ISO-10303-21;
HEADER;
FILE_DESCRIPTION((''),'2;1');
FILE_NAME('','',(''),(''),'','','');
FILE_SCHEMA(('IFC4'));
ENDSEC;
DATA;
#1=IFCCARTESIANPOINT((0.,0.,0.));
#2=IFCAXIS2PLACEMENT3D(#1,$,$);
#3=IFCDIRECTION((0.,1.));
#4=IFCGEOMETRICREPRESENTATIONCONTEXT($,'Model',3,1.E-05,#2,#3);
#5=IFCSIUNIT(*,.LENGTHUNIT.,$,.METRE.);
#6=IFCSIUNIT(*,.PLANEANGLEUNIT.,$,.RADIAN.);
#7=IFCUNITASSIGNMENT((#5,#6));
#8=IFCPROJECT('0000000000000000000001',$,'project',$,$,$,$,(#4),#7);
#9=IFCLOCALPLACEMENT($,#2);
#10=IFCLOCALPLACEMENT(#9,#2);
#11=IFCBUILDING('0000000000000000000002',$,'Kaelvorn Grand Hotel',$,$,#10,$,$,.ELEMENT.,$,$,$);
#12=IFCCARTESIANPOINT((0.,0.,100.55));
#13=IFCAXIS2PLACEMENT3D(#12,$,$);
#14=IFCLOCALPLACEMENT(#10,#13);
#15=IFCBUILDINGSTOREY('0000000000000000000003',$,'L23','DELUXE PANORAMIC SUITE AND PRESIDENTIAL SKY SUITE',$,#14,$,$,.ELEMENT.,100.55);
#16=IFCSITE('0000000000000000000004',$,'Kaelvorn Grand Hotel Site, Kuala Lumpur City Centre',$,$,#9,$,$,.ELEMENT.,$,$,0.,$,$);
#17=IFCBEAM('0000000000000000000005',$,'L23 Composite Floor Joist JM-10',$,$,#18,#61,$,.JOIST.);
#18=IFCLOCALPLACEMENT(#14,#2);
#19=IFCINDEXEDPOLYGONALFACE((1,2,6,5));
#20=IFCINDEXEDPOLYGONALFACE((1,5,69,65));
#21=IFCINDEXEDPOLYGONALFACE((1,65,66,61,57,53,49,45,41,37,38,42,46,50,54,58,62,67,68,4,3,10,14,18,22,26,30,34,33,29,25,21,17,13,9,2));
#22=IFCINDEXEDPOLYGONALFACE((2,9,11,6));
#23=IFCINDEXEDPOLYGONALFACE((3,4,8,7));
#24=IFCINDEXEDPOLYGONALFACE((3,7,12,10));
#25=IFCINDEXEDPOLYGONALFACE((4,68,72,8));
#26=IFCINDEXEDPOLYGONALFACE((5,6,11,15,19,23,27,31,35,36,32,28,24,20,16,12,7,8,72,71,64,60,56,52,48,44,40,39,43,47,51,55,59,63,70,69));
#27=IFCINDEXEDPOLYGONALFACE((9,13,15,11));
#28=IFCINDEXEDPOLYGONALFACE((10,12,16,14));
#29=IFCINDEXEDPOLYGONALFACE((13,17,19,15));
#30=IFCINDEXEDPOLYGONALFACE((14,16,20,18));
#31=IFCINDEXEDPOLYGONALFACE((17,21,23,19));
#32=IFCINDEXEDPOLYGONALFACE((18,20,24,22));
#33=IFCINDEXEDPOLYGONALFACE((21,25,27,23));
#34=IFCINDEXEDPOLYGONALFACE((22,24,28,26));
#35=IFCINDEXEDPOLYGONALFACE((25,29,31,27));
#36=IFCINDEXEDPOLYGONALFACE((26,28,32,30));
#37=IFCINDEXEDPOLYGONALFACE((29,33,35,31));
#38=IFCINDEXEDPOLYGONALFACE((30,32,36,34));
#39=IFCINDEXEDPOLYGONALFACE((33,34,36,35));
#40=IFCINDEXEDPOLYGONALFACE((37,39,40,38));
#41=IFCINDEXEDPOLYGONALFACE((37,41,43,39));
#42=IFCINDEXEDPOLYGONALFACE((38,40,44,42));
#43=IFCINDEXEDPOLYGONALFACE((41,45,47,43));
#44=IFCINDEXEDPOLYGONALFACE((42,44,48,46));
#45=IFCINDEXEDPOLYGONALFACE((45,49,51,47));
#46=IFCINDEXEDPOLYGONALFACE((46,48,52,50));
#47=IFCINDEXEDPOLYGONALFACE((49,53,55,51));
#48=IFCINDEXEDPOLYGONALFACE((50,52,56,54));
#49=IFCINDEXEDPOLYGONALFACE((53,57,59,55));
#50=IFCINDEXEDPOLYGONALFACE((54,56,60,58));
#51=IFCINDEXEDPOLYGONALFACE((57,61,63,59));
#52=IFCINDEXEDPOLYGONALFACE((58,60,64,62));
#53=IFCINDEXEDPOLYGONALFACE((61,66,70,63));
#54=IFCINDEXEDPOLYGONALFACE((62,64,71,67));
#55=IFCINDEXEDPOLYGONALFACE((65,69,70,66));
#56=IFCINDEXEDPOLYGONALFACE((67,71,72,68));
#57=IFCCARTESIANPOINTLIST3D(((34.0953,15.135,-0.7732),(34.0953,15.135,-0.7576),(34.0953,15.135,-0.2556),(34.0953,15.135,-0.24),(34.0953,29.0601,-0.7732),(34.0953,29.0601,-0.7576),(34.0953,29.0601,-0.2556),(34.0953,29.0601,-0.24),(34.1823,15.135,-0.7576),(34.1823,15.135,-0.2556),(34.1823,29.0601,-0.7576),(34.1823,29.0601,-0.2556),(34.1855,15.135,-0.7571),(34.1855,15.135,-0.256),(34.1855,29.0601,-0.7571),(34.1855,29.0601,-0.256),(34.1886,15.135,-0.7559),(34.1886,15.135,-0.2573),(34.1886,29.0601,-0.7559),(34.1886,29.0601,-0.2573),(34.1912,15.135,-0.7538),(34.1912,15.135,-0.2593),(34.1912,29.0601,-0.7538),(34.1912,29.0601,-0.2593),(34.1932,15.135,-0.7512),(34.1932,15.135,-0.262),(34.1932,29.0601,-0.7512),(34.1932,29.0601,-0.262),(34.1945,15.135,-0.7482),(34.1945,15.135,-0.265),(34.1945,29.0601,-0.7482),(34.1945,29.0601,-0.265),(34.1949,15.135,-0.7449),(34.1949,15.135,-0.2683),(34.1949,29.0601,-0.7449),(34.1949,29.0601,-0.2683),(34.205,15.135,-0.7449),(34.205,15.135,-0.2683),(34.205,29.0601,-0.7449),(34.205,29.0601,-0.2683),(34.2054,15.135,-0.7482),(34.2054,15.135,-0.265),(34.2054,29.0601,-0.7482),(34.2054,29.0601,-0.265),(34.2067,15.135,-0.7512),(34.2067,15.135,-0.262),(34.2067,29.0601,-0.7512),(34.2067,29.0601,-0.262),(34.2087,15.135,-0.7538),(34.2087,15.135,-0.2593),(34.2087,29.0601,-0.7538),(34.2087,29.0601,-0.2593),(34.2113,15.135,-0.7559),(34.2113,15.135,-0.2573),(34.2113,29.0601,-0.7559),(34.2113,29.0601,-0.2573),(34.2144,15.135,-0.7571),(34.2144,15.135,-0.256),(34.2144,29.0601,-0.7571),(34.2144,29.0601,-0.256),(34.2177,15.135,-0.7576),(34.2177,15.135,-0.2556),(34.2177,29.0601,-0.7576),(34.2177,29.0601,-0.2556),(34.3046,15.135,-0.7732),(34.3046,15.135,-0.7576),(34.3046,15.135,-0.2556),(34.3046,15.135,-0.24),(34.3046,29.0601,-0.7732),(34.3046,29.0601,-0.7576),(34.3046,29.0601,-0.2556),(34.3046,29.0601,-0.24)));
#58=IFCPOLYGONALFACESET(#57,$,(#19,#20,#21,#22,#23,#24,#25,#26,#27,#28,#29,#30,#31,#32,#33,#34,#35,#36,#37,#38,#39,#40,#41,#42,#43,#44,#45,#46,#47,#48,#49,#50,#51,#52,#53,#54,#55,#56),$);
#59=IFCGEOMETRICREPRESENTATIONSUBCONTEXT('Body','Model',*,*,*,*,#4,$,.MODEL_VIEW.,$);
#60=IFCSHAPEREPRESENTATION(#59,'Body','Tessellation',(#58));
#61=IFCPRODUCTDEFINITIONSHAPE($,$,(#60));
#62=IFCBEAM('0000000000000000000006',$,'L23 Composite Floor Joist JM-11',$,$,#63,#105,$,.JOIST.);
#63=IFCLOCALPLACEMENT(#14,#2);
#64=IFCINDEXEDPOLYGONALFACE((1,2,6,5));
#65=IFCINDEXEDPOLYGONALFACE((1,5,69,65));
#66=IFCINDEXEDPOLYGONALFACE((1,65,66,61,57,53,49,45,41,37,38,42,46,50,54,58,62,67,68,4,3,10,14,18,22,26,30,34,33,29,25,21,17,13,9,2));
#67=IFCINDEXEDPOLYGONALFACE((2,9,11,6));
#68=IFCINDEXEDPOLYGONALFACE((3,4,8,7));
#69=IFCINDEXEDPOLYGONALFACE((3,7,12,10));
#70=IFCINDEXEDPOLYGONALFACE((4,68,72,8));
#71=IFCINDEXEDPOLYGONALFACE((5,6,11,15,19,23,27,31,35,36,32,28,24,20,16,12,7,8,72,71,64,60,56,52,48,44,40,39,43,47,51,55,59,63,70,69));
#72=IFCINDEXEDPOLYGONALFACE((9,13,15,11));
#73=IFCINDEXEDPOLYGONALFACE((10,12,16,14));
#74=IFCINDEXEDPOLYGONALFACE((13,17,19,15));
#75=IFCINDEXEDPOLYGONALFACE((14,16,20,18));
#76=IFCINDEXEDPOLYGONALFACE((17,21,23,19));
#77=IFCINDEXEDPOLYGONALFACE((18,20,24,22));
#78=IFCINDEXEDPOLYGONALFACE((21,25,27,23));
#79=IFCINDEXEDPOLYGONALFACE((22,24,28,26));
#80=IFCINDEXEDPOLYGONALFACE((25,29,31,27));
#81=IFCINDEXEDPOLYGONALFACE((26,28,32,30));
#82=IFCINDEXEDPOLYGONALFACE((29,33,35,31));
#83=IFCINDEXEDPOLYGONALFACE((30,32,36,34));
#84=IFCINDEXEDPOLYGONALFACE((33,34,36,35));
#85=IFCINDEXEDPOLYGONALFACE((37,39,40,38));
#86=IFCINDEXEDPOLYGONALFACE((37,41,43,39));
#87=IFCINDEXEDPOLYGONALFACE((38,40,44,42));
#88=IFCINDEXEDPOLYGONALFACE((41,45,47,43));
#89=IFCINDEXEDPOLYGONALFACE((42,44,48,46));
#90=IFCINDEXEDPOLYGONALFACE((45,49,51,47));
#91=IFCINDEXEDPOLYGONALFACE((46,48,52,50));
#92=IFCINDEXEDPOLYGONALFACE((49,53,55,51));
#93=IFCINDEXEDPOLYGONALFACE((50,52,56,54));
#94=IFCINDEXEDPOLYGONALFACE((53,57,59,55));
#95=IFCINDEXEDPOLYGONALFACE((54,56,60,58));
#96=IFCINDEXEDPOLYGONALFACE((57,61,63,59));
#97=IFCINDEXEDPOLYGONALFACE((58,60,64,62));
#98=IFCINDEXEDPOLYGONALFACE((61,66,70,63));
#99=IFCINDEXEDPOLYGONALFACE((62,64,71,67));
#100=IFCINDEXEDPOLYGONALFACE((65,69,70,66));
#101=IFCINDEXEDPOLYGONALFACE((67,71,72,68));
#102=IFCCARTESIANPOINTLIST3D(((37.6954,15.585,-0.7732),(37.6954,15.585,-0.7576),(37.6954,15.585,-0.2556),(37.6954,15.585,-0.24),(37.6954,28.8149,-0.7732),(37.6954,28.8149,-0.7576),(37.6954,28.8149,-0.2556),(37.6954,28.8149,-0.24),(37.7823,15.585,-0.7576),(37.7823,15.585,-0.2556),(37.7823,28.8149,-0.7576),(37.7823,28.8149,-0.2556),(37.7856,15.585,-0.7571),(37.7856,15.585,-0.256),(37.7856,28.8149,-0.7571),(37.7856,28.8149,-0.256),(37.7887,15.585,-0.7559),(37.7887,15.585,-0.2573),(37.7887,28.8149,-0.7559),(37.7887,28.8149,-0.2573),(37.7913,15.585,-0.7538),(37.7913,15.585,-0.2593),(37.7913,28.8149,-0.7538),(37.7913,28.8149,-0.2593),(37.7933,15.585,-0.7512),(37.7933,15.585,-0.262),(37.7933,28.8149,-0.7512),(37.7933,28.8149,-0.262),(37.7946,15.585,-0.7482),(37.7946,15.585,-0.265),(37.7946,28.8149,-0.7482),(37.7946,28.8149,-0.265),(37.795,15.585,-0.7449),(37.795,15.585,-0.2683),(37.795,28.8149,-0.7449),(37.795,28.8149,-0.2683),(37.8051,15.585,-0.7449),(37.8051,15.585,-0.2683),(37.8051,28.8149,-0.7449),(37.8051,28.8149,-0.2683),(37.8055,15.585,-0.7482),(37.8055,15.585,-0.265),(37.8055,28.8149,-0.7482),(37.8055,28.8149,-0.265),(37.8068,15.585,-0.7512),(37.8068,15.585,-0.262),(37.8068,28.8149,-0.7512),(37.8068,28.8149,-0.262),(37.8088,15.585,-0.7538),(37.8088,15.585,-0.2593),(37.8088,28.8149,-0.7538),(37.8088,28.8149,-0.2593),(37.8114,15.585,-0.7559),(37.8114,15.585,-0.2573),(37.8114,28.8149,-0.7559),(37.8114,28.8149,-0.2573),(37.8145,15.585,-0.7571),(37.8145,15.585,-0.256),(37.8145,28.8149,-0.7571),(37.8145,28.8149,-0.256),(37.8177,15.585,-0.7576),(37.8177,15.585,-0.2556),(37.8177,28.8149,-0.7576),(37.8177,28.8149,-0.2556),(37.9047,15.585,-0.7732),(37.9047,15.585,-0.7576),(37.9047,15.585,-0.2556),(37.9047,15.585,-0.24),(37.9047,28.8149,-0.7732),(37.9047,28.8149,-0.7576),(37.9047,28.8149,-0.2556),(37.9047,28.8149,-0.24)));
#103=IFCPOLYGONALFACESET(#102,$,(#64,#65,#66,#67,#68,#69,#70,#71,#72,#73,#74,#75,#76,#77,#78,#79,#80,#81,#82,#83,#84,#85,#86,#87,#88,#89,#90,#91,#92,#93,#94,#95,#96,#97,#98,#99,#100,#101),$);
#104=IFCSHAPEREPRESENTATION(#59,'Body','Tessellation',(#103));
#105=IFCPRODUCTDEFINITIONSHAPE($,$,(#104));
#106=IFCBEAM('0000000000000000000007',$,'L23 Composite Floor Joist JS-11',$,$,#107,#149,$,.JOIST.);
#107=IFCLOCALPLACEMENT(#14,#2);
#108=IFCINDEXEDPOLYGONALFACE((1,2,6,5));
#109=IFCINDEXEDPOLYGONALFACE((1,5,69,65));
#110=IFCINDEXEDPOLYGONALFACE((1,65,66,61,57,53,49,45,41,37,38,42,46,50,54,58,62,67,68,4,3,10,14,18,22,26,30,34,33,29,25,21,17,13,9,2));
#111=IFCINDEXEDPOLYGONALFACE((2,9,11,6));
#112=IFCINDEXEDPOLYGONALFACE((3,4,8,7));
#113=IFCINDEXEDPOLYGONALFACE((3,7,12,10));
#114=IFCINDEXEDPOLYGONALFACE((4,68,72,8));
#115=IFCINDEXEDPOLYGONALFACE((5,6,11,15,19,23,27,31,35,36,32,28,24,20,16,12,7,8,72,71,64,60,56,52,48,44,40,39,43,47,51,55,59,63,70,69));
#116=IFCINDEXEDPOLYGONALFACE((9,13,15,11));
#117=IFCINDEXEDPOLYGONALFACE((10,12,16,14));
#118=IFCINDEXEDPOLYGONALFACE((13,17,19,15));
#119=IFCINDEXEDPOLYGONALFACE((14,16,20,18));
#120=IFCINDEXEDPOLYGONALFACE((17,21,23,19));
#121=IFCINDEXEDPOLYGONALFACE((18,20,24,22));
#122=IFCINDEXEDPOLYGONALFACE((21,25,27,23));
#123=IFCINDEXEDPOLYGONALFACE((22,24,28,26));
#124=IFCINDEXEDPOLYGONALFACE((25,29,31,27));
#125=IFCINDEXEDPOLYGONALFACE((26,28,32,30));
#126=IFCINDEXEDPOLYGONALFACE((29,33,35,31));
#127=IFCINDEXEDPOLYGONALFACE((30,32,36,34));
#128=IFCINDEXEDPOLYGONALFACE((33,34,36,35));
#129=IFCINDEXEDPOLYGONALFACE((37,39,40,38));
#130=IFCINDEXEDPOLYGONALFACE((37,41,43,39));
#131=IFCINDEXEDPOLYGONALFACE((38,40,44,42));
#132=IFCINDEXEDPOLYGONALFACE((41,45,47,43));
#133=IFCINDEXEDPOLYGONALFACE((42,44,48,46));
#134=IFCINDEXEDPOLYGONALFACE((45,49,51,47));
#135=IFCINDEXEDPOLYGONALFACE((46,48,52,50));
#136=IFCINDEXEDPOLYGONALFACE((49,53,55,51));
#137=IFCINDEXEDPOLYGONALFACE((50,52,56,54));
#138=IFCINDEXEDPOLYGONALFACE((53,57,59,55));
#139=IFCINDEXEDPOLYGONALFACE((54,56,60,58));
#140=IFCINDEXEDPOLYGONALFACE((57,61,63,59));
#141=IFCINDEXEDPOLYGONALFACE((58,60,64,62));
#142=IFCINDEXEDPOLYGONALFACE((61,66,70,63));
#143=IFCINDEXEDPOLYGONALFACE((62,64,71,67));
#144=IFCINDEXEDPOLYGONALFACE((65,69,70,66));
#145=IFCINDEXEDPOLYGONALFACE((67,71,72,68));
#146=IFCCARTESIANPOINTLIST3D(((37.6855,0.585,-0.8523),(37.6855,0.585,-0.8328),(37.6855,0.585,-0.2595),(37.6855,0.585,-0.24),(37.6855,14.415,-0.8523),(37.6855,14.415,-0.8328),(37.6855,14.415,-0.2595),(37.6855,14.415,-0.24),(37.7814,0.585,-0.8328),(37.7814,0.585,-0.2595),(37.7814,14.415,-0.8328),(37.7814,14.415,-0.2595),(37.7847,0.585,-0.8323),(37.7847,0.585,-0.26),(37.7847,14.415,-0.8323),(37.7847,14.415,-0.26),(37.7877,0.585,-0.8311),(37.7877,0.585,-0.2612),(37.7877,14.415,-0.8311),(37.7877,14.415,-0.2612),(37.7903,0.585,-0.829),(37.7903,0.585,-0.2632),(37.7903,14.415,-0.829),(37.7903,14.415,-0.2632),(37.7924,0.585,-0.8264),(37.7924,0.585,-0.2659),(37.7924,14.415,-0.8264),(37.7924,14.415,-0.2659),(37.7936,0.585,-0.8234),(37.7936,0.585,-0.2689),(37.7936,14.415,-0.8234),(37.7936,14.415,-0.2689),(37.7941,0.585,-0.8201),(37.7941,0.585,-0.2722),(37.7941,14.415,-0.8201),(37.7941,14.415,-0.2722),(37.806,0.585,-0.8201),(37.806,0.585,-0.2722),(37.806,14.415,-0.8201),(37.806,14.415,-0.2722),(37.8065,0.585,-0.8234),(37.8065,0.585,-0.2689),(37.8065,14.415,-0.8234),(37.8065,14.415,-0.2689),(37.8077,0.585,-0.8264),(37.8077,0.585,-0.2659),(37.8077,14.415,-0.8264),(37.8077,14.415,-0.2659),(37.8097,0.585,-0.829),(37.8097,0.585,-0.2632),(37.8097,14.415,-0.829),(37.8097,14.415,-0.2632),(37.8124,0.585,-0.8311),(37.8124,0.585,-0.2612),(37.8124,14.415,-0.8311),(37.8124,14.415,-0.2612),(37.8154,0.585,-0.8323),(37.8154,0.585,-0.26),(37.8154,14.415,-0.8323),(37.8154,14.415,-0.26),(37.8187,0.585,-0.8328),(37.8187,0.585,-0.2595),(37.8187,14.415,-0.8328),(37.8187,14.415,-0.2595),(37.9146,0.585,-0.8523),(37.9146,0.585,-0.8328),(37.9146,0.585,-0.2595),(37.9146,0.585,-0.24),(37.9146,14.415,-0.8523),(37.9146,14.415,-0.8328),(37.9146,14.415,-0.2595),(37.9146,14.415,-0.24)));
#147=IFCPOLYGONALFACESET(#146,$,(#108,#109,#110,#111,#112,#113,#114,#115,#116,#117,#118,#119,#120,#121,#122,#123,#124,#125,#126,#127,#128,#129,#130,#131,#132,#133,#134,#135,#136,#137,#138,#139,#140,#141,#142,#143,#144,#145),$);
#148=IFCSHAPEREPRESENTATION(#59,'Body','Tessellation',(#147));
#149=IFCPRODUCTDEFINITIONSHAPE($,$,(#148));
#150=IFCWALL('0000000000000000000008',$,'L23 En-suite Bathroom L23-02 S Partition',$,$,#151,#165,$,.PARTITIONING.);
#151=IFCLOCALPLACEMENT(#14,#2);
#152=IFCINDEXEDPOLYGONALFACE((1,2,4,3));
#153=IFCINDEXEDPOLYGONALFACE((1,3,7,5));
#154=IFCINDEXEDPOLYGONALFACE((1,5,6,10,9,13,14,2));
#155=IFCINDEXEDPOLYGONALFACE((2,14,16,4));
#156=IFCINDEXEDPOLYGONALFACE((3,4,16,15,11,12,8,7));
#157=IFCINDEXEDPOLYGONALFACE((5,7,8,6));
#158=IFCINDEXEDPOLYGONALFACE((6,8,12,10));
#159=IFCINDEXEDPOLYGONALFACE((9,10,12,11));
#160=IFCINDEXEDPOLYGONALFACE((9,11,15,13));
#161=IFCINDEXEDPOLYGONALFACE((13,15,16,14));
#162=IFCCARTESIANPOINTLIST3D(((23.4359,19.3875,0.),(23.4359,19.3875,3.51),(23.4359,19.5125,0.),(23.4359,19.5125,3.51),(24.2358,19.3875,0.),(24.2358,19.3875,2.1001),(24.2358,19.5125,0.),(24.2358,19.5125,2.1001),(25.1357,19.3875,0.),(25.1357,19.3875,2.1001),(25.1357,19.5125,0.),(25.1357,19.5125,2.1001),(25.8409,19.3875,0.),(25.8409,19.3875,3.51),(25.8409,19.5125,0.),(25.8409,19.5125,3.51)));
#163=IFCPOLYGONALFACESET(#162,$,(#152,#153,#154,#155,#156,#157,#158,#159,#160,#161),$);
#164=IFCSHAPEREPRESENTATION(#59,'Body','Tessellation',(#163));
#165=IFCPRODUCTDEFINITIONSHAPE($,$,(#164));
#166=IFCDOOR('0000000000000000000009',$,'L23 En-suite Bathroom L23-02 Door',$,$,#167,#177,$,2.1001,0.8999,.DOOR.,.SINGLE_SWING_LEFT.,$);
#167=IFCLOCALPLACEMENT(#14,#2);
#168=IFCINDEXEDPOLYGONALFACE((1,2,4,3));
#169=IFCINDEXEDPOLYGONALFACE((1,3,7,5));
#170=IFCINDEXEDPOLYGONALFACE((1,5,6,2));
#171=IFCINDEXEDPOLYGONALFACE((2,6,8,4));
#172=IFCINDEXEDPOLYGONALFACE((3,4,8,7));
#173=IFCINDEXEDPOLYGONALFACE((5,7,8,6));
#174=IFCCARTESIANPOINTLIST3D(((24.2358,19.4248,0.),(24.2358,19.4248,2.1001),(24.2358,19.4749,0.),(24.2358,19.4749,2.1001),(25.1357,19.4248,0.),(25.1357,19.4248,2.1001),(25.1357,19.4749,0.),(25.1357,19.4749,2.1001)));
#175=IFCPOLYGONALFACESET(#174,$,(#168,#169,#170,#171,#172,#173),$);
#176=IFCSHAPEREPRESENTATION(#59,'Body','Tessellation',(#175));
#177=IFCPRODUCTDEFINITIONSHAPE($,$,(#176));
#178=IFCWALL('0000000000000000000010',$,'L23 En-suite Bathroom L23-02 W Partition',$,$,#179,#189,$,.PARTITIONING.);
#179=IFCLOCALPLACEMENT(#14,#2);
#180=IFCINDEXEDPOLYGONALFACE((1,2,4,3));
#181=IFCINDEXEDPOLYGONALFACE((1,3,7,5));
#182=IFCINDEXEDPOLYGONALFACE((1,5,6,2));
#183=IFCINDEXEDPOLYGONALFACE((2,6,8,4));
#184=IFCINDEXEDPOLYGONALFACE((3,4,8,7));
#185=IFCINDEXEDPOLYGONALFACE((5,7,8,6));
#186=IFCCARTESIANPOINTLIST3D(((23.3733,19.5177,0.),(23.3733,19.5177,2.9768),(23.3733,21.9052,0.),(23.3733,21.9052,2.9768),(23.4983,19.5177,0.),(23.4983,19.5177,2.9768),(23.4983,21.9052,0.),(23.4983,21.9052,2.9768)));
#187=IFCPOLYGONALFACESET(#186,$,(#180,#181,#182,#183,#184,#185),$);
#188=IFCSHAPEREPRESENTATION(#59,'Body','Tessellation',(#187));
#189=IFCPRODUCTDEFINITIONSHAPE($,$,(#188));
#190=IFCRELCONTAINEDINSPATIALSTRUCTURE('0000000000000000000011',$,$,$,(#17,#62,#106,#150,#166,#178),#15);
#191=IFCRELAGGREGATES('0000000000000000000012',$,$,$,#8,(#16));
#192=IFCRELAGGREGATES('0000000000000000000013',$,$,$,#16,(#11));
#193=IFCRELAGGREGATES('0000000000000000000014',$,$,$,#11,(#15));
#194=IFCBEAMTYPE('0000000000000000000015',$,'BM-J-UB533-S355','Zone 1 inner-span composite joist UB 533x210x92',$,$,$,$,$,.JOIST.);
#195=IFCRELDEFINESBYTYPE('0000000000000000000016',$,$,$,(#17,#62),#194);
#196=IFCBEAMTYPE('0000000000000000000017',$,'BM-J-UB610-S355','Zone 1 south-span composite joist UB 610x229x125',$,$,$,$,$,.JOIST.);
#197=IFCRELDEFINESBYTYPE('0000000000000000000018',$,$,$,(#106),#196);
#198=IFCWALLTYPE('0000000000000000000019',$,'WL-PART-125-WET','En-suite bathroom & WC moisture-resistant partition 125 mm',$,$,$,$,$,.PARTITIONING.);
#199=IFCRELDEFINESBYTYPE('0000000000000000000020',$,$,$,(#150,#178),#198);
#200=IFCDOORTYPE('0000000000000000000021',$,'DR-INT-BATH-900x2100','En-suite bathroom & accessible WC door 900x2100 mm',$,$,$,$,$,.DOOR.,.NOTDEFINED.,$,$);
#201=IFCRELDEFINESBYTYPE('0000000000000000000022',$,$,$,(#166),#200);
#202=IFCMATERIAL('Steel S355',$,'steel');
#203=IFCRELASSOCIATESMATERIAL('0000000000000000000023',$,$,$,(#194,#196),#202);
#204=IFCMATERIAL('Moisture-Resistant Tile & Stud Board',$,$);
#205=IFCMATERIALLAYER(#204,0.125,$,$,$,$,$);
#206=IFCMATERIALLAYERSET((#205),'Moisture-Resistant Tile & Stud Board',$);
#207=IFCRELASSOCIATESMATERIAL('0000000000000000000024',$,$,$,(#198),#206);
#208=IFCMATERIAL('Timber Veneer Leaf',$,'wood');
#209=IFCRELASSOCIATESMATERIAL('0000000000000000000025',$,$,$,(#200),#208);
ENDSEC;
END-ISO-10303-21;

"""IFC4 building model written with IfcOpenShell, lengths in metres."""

from ifc_helpers import new_model, si_unit, direction, frame, frame_2d, origin, origin_2d, place, context, subcontext, project, spatial, rectangle, i_section, extrude, material, layer, layer_set, material_profile, profile_set, type_object, element, fill, save


model = new_model("IFC4")

# Units and contexts
model_context = context("Model", 3, precision=1e-05, world=origin(), true_north=direction((0.0, 1.0)))
body_context = subcontext(model_context, "Body", "Model", "MODEL_VIEW")
ifc_project = project(units=[si_unit("LENGTHUNIT", "METRE"), si_unit("PLANEANGLEUNIT", "RADIAN")], contexts=[model_context])

# Site, building, storey
site_placement = place(None, origin())
site = spatial("IfcSite", under=ifc_project, at=site_placement, Name="Kaelvorn Grand Hotel Site, Kuala Lumpur City Centre", CompositionType="ELEMENT", RefElevation=0.0)
building_placement = place(site_placement, origin())
building = spatial("IfcBuilding", under=site, at=building_placement, Name="Kaelvorn Grand Hotel", CompositionType="ELEMENT")
storey_placement = place(building_placement, frame((0.0, 0.0, 100.55)))
storey = spatial("IfcBuildingStorey", under=building, at=storey_placement, Name="L23", Description="DELUXE PANORAMIC SUITE AND PRESIDENTIAL SKY SUITE", CompositionType="ELEMENT", Elevation=100.55)

# Beams
ifc_material_1 = material(Name="Steel S355", Category="steel")
ifc_material_profile_1 = material_profile(ifc_material_1, i_section(OverallWidth=0.2092, OverallDepth=0.5332, WebThickness=0.01, FlangeThickness=0.0156, FilletRadius=0.0127, at=origin_2d()), Name="UB 533x210x92")
ifc_profile_set_1 = profile_set([ifc_material_profile_1], Name="Steel S355")
beam_type_1 = type_object("IfcBeamType", Name="BM-J-UB533-S355", Description="Zone 1 inner-span composite joist UB 533x210x92", PredefinedType="JOIST", material=ifc_profile_set_1)
beam_1_placement = place(storey_placement, frame((34.2, 15.135, -0.5066), z_axis=(0.0, 1.0, 0.0), x_axis=(-1.0, 0.0, 0.0)))
element("IfcBeam", 1, at=beam_1_placement, inside=storey, type_object=beam_type_1, Name="L23 Composite Floor Joist JM-10", PredefinedType="JOIST", context=body_context, shape_type="SweptSolid", body=[
    extrude(i_section(OverallWidth=0.2092, OverallDepth=0.5332, WebThickness=0.01, FlangeThickness=0.0156, FilletRadius=0.0127, at=origin_2d()), origin(), (0.0, 0.0, 1.0), 13.925),
])
beam_2_placement = place(storey_placement, frame((37.8, 15.585, -0.5066), z_axis=(0.0, 1.0, 0.0), x_axis=(-1.0, 0.0, 0.0)))
element("IfcBeam", 2, at=beam_2_placement, inside=storey, type_object=beam_type_1, Name="L23 Composite Floor Joist JM-11", PredefinedType="JOIST", context=body_context, shape_type="SweptSolid", body=[
    extrude(i_section(OverallWidth=0.2092, OverallDepth=0.5332, WebThickness=0.01, FlangeThickness=0.0156, FilletRadius=0.0127, at=origin_2d()), origin(), (0.0, 0.0, 1.0), 13.23),
])
ifc_material_profile_2 = material_profile(ifc_material_1, i_section(OverallWidth=0.229, OverallDepth=0.6123, WebThickness=0.012, FlangeThickness=0.0195, FilletRadius=0.0127, at=origin_2d()), Name="UB 610x229x125")
ifc_profile_set_2 = profile_set([ifc_material_profile_2], Name="Steel S355")
beam_type_2 = type_object("IfcBeamType", Name="BM-J-UB610-S355", Description="Zone 1 south-span composite joist UB 610x229x125", PredefinedType="JOIST", material=ifc_profile_set_2)
beam_3_placement = place(storey_placement, frame((37.8, 0.585, -0.5461), z_axis=(0.0, 1.0, 0.0), x_axis=(-1.0, 0.0, 0.0)))
element("IfcBeam", 3, at=beam_3_placement, inside=storey, type_object=beam_type_2, Name="L23 Composite Floor Joist JS-11", PredefinedType="JOIST", context=body_context, shape_type="SweptSolid", body=[
    extrude(i_section(OverallWidth=0.229, OverallDepth=0.6123, WebThickness=0.012, FlangeThickness=0.0195, FilletRadius=0.0127, at=origin_2d()), origin(), (0.0, 0.0, 1.0), 13.8301),
])

# Wall, opening, door
ifc_material_2 = material(Name="Moisture-Resistant Tile & Stud Board")
ifc_layer_1 = layer(ifc_material_2, 0.125)
ifc_layer_set_1 = layer_set([ifc_layer_1], Name="Moisture-Resistant Tile & Stud Board")
wall_type_1 = type_object("IfcWallType", Name="WL-PART-125-WET", Description="En-suite bathroom & WC moisture-resistant partition 125 mm", PredefinedType="PARTITIONING", material=ifc_layer_set_1)
wall_1_placement = place(storey_placement, frame((23.4358, 19.45, 0.0), z_axis=(0.0, 0.0, 1.0), x_axis=(1.0, 0.0, 0.0)))
wall_1 = element("IfcWall", 4, at=wall_1_placement, inside=storey, type_object=wall_type_1, Name="L23 En-suite Bathroom L23-02 S Partition", PredefinedType="PARTITIONING", context=body_context, shape_type="SweptSolid", body=[
    extrude(rectangle(XDim=2.405, YDim=0.125, at=frame_2d((1.2026, 0.0))), origin(), (0.0, 0.0, 1.0), 3.51),
])
opening_1_placement = place(wall_1_placement, frame((0.8, 0.0, 0.0)))
opening_1 = element("IfcOpeningElement", 5, at=opening_1_placement, cuts=wall_1, PredefinedType="OPENING", context=body_context, shape_type="SweptSolid", body=[
    extrude(rectangle(XDim=0.8999, YDim=2.1001, at=frame_2d((0.45, 1.05))), frame((0.0, 0.0725, 0.0), z_axis=(0.0, -1.0, 0.0), x_axis=(1.0, 0.0, 0.0)), (0.0, 0.0, 1.0), 0.145),
])
ifc_material_3 = material(Name="Timber Veneer Leaf", Category="wood")
door_type_1 = type_object("IfcDoorType", Name="DR-INT-BATH-900x2100", Description="En-suite bathroom & accessible WC door 900x2100 mm", OperationType="NOTDEFINED", PredefinedType="DOOR", material=ifc_material_3)
door_1_placement = place(opening_1_placement, origin())
door_1 = element("IfcDoor", 6, at=door_1_placement, inside=storey, type_object=door_type_1, Name="L23 En-suite Bathroom L23-02 Door", OperationType="SINGLE_SWING_LEFT", OverallHeight=2.1001, OverallWidth=0.8999, PredefinedType="DOOR", context=body_context, shape_type="SweptSolid", body=[
    extrude(rectangle(XDim=0.8999, YDim=2.1001, at=frame_2d((0.45, 1.05))), frame((0.0, 0.0249, 0.0), z_axis=(0.0, -1.0, 0.0), x_axis=(1.0, 0.0, 0.0)), (0.0, 0.0, 1.0), 0.05),
])
fill(opening_1, door_1)

# Wall
wall_2_placement = place(storey_placement, frame((23.4358, 19.5176, 0.0), z_axis=(0.0, 0.0, 1.0), x_axis=(0.0, 1.0, 0.0)))
element("IfcWall", 7, at=wall_2_placement, inside=storey, type_object=wall_type_1, Name="L23 En-suite Bathroom L23-02 W Partition", PredefinedType="PARTITIONING", context=body_context, shape_type="SweptSolid", body=[
    extrude(rectangle(XDim=2.3875, YDim=0.125, at=frame_2d((1.1938, 0.0))), origin(), (0.0, 0.0, 1.0), 2.9768),
])

save(model, "model.ifc")
